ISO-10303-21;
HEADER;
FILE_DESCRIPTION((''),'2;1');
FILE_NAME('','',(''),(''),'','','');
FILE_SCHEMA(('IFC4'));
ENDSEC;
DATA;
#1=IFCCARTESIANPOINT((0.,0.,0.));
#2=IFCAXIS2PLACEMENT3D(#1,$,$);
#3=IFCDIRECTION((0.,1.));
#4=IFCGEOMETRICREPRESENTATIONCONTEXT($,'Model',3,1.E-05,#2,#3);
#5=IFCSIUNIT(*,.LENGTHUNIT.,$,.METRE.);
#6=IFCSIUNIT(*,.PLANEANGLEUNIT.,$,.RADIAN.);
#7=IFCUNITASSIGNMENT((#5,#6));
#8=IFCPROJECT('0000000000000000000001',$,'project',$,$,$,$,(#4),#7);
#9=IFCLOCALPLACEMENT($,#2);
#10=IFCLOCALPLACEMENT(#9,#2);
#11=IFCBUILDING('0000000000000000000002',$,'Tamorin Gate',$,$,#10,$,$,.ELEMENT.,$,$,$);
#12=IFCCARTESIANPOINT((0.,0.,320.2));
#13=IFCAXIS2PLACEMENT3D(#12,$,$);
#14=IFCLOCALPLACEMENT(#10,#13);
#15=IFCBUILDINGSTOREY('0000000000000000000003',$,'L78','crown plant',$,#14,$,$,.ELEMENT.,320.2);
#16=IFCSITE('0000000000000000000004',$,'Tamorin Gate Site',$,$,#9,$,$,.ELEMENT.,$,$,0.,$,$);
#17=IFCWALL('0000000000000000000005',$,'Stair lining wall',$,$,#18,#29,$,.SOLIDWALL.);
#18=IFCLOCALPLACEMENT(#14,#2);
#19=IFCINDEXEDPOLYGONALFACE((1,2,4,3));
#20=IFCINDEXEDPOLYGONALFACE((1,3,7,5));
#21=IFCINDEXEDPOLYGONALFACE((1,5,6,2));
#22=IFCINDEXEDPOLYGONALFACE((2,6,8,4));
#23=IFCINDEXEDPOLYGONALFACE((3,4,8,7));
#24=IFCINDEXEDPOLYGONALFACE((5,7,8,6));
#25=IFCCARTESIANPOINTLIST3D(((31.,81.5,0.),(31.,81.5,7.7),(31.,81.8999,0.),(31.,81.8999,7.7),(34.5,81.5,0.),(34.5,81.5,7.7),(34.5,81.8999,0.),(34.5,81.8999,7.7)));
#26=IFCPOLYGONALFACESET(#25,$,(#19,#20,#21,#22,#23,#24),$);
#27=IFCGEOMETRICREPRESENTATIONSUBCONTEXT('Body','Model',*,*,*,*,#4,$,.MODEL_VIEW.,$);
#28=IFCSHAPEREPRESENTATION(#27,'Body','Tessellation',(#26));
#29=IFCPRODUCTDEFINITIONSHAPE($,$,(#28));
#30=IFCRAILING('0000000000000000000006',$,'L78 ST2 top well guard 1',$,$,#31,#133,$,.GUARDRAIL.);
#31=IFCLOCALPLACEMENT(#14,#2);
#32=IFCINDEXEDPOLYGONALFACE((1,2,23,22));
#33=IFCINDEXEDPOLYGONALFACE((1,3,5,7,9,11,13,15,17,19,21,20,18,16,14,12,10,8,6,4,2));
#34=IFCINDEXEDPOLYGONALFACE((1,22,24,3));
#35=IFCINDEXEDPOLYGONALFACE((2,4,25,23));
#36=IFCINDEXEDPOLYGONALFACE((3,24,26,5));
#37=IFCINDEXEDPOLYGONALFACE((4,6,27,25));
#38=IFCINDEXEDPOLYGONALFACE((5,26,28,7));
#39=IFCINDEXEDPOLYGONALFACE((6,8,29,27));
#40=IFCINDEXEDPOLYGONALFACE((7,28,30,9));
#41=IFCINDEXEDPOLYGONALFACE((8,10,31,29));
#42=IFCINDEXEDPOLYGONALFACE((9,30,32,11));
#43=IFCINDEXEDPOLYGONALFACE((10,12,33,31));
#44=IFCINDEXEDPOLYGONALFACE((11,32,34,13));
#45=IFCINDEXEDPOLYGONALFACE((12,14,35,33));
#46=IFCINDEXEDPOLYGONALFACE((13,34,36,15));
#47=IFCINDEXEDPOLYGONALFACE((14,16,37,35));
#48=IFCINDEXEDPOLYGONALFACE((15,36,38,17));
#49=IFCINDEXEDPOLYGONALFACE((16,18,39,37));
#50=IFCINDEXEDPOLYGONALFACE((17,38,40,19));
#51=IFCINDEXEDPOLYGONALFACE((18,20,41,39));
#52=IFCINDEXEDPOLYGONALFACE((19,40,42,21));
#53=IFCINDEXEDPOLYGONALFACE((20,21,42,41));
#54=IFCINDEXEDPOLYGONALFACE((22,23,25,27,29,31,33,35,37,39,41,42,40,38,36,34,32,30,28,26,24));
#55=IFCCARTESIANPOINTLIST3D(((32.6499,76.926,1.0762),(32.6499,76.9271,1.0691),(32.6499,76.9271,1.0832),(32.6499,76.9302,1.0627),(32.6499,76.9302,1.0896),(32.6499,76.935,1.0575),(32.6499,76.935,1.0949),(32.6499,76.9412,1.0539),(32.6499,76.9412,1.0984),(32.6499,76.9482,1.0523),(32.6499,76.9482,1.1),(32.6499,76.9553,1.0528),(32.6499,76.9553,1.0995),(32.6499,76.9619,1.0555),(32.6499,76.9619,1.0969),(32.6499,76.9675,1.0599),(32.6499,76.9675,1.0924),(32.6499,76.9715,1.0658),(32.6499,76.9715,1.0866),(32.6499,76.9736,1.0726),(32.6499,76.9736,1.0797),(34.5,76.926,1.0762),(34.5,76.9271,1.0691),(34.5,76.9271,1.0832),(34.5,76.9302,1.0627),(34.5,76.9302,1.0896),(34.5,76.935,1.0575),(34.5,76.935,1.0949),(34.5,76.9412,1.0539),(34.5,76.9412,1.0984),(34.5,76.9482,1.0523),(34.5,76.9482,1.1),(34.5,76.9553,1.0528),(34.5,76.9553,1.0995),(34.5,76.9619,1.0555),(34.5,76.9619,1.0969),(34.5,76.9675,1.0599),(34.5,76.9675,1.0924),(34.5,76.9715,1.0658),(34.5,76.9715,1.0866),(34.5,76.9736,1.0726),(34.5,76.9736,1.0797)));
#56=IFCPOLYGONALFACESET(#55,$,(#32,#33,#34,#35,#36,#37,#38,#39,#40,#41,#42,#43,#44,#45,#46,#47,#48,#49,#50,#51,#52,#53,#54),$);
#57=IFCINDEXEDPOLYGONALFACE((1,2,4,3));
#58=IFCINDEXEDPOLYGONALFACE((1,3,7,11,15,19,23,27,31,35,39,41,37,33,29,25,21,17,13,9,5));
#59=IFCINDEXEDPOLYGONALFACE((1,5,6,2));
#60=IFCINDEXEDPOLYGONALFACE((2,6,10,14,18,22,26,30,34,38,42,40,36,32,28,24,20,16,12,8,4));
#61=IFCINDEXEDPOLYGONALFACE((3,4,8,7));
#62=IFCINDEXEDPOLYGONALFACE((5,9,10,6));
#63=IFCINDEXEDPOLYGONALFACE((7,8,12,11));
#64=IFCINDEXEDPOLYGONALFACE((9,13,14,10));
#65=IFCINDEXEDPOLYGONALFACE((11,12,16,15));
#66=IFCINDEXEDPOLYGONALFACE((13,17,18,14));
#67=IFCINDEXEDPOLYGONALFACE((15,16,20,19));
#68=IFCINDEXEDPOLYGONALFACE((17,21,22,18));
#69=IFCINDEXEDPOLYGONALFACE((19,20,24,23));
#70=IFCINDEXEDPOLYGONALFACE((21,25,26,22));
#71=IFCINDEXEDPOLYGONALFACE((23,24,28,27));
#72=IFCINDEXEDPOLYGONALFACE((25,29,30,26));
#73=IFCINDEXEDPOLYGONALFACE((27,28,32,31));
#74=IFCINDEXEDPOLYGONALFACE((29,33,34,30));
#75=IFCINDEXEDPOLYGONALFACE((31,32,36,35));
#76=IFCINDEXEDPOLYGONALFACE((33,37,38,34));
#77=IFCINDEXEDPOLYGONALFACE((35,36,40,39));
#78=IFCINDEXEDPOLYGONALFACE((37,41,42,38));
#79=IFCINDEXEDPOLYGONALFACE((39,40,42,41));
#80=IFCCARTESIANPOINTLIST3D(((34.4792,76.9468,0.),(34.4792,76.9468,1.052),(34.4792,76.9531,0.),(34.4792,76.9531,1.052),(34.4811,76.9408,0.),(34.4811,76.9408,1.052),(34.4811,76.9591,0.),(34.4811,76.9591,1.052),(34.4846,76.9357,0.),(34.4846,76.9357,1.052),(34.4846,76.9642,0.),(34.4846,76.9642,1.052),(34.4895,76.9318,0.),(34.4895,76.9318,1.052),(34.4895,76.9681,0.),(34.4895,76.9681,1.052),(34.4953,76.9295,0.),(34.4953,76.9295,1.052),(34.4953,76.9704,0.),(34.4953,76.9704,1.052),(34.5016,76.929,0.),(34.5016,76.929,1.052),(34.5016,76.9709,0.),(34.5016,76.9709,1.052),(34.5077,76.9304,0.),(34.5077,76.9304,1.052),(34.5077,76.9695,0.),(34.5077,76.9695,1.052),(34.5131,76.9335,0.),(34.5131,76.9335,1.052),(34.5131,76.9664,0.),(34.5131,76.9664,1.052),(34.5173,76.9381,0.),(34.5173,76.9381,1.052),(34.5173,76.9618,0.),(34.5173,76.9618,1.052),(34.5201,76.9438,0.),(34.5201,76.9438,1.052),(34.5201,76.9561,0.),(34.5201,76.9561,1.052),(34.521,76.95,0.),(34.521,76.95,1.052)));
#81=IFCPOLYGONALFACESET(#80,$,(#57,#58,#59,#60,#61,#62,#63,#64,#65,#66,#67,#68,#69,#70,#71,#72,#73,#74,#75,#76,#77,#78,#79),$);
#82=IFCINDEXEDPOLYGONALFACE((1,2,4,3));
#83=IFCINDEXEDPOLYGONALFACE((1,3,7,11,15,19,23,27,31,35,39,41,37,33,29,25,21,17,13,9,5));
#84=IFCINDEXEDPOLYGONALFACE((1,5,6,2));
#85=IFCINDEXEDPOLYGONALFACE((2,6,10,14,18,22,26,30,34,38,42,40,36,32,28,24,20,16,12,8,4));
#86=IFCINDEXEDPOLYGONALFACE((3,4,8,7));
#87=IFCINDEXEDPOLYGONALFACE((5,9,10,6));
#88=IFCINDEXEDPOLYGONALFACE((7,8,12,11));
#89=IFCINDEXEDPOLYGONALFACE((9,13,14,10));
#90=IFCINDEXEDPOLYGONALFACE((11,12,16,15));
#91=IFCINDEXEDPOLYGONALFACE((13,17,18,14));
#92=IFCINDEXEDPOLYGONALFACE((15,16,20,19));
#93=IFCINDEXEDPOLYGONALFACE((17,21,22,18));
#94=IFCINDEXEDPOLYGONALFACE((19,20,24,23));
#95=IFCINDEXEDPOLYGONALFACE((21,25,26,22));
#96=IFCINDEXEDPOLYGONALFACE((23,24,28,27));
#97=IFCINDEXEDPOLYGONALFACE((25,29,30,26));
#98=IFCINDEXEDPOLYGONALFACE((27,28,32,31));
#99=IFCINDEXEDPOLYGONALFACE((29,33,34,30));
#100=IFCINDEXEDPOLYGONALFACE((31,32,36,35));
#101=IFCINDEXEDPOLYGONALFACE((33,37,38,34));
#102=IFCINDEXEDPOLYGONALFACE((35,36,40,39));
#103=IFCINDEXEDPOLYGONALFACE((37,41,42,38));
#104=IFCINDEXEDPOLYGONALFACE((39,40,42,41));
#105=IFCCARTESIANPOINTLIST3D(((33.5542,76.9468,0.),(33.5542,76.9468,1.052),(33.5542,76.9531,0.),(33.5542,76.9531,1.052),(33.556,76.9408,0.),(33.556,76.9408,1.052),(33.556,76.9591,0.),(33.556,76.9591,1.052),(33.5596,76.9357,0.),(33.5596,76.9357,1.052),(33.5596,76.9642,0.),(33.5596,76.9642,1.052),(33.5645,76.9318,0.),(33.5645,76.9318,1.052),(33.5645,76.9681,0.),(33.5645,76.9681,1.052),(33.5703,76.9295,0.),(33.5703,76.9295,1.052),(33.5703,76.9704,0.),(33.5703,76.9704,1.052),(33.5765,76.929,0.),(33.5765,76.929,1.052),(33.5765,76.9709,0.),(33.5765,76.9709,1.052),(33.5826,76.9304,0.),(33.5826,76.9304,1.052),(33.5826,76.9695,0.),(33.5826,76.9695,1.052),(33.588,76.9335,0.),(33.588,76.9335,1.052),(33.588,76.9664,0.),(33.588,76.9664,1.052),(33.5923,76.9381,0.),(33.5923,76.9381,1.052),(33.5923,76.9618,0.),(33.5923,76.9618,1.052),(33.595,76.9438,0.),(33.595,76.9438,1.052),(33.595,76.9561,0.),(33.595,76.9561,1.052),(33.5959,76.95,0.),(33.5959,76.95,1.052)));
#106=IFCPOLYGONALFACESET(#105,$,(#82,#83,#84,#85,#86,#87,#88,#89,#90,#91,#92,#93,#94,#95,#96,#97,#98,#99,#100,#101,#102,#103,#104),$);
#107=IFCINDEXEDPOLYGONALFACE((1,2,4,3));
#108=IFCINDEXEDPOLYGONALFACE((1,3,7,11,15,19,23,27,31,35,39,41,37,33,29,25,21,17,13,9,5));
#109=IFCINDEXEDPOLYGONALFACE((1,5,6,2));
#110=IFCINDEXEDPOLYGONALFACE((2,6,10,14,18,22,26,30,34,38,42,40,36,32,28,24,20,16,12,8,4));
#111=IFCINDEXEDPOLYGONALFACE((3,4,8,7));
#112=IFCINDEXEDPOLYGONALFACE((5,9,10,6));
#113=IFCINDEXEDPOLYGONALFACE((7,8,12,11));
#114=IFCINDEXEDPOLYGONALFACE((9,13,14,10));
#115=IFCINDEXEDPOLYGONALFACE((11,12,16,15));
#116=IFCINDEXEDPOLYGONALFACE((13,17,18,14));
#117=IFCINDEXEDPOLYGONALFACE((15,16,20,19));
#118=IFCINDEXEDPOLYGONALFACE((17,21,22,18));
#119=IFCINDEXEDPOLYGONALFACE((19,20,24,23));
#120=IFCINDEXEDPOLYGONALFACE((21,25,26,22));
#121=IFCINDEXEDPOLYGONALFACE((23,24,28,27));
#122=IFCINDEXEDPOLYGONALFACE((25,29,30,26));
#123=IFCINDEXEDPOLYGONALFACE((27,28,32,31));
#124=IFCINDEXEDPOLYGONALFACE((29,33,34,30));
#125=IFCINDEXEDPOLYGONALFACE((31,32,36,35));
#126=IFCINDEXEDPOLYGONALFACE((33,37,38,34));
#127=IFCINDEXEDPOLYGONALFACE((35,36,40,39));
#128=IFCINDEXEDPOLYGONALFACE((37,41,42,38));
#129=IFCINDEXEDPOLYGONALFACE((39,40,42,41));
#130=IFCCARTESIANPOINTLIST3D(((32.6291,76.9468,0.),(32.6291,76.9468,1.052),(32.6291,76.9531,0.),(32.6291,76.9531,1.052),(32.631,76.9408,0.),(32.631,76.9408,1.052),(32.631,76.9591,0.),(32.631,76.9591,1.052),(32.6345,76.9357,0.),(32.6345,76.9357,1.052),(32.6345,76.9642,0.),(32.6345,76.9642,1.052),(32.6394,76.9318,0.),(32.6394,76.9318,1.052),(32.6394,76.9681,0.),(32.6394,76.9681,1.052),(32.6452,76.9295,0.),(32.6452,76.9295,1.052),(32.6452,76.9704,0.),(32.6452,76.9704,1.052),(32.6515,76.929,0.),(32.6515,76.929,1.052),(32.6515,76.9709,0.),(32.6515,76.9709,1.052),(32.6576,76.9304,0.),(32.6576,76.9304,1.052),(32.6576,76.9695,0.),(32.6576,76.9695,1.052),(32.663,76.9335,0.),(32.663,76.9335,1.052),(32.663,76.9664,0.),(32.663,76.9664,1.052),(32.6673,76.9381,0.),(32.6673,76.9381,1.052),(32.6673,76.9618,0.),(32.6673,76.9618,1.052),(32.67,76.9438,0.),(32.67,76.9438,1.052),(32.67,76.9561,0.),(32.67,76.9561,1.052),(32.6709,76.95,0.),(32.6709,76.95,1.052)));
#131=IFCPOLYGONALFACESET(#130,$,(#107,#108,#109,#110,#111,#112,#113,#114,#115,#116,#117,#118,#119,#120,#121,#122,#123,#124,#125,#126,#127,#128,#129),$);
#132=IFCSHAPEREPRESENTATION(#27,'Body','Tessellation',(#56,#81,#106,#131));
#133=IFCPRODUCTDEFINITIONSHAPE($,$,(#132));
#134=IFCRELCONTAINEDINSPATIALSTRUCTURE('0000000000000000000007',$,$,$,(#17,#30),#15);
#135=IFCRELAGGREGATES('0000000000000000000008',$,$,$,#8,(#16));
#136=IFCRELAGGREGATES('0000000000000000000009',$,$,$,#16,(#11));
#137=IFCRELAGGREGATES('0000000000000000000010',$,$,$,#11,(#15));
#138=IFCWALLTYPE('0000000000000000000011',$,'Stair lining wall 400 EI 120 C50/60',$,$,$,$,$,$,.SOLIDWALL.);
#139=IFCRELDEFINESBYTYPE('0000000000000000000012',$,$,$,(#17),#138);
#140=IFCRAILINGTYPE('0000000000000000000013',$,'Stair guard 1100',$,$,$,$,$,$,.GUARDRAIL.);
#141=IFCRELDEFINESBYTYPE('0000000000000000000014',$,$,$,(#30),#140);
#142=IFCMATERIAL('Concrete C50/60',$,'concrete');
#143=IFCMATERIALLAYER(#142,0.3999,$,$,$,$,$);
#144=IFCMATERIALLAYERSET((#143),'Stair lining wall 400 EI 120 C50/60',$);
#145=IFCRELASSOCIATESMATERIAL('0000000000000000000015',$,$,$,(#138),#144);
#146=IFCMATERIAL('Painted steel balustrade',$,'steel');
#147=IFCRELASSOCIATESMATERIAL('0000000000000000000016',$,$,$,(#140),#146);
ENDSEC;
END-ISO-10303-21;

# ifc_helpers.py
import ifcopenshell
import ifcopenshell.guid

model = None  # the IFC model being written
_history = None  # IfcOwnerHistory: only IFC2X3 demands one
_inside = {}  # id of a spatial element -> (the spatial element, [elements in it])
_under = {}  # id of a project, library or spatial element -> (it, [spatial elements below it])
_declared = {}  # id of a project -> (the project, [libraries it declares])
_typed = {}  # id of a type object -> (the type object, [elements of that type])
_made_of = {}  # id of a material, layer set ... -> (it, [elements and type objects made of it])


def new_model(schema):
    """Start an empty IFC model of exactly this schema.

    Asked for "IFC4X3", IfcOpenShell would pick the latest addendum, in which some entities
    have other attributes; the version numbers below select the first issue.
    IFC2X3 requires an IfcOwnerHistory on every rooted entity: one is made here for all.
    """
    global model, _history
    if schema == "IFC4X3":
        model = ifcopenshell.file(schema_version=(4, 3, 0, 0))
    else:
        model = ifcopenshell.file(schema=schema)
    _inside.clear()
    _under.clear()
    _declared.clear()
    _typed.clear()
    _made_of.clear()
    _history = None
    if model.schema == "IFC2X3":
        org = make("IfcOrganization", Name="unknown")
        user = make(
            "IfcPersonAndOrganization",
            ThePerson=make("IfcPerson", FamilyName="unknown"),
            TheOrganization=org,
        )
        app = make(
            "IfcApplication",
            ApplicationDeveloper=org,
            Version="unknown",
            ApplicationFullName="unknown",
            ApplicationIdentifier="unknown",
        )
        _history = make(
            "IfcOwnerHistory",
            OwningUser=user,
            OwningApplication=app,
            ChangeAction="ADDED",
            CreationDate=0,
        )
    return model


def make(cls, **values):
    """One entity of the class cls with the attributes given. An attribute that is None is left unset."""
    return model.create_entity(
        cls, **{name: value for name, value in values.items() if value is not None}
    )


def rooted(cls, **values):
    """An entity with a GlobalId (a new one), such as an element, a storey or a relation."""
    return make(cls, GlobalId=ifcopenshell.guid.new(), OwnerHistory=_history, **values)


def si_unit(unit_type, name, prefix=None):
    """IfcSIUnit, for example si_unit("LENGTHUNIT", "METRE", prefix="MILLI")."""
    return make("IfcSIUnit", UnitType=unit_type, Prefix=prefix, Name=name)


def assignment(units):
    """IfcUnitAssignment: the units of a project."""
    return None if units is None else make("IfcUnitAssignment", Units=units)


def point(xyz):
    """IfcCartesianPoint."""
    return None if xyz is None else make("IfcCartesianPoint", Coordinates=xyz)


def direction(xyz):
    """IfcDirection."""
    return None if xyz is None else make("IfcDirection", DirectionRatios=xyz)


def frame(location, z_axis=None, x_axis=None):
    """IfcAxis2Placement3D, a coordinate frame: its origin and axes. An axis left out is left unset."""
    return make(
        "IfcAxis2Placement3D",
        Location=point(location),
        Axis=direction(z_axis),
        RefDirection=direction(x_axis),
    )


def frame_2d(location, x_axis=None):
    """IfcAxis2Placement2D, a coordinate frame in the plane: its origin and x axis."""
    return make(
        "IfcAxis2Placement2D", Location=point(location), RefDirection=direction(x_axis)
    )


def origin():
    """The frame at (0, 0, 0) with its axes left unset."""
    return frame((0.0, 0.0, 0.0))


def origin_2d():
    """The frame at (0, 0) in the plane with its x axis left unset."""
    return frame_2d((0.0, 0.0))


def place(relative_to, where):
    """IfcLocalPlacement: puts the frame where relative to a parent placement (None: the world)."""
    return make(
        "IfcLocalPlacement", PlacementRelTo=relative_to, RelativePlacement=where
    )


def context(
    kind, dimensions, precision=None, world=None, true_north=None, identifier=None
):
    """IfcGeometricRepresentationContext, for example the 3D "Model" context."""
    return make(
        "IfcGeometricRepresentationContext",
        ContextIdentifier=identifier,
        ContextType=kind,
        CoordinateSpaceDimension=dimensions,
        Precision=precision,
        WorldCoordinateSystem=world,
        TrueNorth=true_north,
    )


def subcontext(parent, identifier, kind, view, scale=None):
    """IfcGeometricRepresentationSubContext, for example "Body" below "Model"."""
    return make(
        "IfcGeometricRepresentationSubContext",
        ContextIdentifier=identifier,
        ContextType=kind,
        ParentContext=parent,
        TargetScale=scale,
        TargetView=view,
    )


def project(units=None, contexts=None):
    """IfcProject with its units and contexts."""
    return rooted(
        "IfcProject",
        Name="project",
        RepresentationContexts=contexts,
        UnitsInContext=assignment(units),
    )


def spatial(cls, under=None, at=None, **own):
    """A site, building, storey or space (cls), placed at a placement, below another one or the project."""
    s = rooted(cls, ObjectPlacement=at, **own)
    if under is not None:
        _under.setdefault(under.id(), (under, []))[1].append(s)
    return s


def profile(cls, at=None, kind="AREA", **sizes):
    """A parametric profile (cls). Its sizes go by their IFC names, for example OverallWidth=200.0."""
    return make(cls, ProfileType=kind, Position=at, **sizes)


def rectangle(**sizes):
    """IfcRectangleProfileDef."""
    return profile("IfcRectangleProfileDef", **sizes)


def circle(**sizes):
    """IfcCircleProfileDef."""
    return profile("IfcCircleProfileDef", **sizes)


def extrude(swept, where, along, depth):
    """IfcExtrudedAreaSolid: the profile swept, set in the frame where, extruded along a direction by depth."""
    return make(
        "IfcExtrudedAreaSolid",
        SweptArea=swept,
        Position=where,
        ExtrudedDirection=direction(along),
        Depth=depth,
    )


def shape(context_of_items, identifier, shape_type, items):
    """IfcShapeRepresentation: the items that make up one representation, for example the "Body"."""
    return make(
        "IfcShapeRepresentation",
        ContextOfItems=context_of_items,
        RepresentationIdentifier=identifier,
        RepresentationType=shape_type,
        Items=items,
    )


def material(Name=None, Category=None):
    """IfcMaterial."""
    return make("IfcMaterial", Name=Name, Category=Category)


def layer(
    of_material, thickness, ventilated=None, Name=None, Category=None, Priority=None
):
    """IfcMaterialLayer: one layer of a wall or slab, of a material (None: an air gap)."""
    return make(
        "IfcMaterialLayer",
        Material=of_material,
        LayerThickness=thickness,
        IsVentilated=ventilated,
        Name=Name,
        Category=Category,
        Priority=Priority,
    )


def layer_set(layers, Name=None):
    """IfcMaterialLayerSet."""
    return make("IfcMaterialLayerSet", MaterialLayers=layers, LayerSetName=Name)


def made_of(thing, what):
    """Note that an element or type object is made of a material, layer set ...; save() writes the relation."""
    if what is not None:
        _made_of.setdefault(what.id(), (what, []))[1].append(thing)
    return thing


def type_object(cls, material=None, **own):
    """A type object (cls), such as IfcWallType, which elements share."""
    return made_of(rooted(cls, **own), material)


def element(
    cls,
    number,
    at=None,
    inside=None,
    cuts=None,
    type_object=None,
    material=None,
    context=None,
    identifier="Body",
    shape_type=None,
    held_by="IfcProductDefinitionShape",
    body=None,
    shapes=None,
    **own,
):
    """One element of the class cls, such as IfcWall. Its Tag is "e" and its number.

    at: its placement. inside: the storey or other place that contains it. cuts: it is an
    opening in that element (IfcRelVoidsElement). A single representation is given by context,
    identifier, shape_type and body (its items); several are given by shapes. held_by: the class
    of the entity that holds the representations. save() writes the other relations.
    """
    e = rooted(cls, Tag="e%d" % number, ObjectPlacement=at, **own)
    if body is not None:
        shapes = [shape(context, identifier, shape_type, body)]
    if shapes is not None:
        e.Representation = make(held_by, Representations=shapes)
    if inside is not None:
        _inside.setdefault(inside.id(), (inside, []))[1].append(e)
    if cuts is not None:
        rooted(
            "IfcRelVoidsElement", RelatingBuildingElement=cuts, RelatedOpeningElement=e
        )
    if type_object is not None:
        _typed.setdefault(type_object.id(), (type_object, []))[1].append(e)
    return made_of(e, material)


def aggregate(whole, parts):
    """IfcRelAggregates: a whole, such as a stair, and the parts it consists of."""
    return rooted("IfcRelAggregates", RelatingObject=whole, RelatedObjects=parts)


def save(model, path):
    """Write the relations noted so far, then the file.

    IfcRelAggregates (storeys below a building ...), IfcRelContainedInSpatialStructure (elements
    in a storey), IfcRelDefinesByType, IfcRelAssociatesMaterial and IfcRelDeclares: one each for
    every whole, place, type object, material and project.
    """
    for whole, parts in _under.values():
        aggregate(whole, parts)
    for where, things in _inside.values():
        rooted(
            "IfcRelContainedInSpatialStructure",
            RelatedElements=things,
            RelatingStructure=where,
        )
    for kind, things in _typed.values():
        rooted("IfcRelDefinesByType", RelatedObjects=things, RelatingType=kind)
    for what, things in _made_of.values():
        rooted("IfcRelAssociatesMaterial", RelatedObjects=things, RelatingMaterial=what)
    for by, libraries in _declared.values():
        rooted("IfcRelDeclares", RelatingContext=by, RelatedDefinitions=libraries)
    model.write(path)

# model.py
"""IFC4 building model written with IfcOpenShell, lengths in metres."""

from ifc_helpers import new_model, si_unit, direction, frame, frame_2d, origin, origin_2d, place, context, subcontext, project, spatial, rectangle, circle, extrude, material, layer, layer_set, type_object, element, save


model = new_model("IFC4")

# Units and contexts
model_context = context("Model", 3, precision=1e-05, world=origin(), true_north=direction((0.0, 1.0)))
body_context = subcontext(model_context, "Body", "Model", "MODEL_VIEW")
ifc_project = project(units=[si_unit("LENGTHUNIT", "METRE"), si_unit("PLANEANGLEUNIT", "RADIAN")], contexts=[model_context])

# Site, building, storey
site_placement = place(None, origin())
site = spatial("IfcSite", under=ifc_project, at=site_placement, Name="Tamorin Gate Site", CompositionType="ELEMENT", RefElevation=0.0)
building_placement = place(site_placement, origin())
building = spatial("IfcBuilding", under=site, at=building_placement, Name="Tamorin Gate", CompositionType="ELEMENT")
storey_placement = place(building_placement, frame((0.0, 0.0, 320.2)))
storey = spatial("IfcBuildingStorey", under=building, at=storey_placement, Name="L78", Description="crown plant", CompositionType="ELEMENT", Elevation=320.2)

# Shared definitions
ifc_material_1 = material(Name="Concrete C50/60", Category="concrete")

# Wall
ifc_layer_1 = layer(ifc_material_1, 0.3999)
ifc_layer_set_1 = layer_set([ifc_layer_1], Name="Stair lining wall 400 EI 120 C50/60")
wall_type_1 = type_object("IfcWallType", Name="Stair lining wall 400 EI 120 C50/60", PredefinedType="SOLIDWALL", material=ifc_layer_set_1)
wall_1_placement = place(storey_placement, frame((31.0, 81.7, 0.0), z_axis=(0.0, 0.0, 1.0), x_axis=(1.0, 0.0, 0.0)))
element("IfcWall", 1, at=wall_1_placement, inside=storey, type_object=wall_type_1, Name="Stair lining wall", PredefinedType="SOLIDWALL", context=body_context, shape_type="SweptSolid", body=[
    extrude(rectangle(XDim=3.5, YDim=0.3999, at=frame_2d((1.75, 0.0))), origin(), (0.0, 0.0, 1.0), 7.7),
])

# Railing
ifc_material_2 = material(Name="Painted steel balustrade", Category="steel")
railing_type_1 = type_object("IfcRailingType", Name="Stair guard 1100", PredefinedType="GUARDRAIL", material=ifc_material_2)
railing_1_placement = place(storey_placement, frame((34.5, 76.95, 0.0)))
element("IfcRailing", 2, at=railing_1_placement, inside=storey, type_object=railing_type_1, Name="L78 ST2 top well guard 1", PredefinedType="GUARDRAIL", context=body_context, shape_type="SweptSolid", body=[
    extrude(circle(Radius=0.0239, at=origin_2d()), frame((0.0, 0.0, 1.0762), z_axis=(-1.0, 0.0, 0.0), x_axis=(0.0, -1.0, 0.0)), (0.0, 0.0, 1.0), 1.8501),
    extrude(circle(Radius=0.021, at=origin_2d()), origin(), (0.0, 0.0, 1.0), 1.052),
    extrude(circle(Radius=0.021, at=origin_2d()), frame((-0.925, 0.0, 0.0)), (0.0, 0.0, 1.0), 1.052),
    extrude(circle(Radius=0.021, at=origin_2d()), frame((-1.8501, 0.0, 0.0)), (0.0, 0.0, 1.0), 1.052),
])

save(model, "model.ifc")
